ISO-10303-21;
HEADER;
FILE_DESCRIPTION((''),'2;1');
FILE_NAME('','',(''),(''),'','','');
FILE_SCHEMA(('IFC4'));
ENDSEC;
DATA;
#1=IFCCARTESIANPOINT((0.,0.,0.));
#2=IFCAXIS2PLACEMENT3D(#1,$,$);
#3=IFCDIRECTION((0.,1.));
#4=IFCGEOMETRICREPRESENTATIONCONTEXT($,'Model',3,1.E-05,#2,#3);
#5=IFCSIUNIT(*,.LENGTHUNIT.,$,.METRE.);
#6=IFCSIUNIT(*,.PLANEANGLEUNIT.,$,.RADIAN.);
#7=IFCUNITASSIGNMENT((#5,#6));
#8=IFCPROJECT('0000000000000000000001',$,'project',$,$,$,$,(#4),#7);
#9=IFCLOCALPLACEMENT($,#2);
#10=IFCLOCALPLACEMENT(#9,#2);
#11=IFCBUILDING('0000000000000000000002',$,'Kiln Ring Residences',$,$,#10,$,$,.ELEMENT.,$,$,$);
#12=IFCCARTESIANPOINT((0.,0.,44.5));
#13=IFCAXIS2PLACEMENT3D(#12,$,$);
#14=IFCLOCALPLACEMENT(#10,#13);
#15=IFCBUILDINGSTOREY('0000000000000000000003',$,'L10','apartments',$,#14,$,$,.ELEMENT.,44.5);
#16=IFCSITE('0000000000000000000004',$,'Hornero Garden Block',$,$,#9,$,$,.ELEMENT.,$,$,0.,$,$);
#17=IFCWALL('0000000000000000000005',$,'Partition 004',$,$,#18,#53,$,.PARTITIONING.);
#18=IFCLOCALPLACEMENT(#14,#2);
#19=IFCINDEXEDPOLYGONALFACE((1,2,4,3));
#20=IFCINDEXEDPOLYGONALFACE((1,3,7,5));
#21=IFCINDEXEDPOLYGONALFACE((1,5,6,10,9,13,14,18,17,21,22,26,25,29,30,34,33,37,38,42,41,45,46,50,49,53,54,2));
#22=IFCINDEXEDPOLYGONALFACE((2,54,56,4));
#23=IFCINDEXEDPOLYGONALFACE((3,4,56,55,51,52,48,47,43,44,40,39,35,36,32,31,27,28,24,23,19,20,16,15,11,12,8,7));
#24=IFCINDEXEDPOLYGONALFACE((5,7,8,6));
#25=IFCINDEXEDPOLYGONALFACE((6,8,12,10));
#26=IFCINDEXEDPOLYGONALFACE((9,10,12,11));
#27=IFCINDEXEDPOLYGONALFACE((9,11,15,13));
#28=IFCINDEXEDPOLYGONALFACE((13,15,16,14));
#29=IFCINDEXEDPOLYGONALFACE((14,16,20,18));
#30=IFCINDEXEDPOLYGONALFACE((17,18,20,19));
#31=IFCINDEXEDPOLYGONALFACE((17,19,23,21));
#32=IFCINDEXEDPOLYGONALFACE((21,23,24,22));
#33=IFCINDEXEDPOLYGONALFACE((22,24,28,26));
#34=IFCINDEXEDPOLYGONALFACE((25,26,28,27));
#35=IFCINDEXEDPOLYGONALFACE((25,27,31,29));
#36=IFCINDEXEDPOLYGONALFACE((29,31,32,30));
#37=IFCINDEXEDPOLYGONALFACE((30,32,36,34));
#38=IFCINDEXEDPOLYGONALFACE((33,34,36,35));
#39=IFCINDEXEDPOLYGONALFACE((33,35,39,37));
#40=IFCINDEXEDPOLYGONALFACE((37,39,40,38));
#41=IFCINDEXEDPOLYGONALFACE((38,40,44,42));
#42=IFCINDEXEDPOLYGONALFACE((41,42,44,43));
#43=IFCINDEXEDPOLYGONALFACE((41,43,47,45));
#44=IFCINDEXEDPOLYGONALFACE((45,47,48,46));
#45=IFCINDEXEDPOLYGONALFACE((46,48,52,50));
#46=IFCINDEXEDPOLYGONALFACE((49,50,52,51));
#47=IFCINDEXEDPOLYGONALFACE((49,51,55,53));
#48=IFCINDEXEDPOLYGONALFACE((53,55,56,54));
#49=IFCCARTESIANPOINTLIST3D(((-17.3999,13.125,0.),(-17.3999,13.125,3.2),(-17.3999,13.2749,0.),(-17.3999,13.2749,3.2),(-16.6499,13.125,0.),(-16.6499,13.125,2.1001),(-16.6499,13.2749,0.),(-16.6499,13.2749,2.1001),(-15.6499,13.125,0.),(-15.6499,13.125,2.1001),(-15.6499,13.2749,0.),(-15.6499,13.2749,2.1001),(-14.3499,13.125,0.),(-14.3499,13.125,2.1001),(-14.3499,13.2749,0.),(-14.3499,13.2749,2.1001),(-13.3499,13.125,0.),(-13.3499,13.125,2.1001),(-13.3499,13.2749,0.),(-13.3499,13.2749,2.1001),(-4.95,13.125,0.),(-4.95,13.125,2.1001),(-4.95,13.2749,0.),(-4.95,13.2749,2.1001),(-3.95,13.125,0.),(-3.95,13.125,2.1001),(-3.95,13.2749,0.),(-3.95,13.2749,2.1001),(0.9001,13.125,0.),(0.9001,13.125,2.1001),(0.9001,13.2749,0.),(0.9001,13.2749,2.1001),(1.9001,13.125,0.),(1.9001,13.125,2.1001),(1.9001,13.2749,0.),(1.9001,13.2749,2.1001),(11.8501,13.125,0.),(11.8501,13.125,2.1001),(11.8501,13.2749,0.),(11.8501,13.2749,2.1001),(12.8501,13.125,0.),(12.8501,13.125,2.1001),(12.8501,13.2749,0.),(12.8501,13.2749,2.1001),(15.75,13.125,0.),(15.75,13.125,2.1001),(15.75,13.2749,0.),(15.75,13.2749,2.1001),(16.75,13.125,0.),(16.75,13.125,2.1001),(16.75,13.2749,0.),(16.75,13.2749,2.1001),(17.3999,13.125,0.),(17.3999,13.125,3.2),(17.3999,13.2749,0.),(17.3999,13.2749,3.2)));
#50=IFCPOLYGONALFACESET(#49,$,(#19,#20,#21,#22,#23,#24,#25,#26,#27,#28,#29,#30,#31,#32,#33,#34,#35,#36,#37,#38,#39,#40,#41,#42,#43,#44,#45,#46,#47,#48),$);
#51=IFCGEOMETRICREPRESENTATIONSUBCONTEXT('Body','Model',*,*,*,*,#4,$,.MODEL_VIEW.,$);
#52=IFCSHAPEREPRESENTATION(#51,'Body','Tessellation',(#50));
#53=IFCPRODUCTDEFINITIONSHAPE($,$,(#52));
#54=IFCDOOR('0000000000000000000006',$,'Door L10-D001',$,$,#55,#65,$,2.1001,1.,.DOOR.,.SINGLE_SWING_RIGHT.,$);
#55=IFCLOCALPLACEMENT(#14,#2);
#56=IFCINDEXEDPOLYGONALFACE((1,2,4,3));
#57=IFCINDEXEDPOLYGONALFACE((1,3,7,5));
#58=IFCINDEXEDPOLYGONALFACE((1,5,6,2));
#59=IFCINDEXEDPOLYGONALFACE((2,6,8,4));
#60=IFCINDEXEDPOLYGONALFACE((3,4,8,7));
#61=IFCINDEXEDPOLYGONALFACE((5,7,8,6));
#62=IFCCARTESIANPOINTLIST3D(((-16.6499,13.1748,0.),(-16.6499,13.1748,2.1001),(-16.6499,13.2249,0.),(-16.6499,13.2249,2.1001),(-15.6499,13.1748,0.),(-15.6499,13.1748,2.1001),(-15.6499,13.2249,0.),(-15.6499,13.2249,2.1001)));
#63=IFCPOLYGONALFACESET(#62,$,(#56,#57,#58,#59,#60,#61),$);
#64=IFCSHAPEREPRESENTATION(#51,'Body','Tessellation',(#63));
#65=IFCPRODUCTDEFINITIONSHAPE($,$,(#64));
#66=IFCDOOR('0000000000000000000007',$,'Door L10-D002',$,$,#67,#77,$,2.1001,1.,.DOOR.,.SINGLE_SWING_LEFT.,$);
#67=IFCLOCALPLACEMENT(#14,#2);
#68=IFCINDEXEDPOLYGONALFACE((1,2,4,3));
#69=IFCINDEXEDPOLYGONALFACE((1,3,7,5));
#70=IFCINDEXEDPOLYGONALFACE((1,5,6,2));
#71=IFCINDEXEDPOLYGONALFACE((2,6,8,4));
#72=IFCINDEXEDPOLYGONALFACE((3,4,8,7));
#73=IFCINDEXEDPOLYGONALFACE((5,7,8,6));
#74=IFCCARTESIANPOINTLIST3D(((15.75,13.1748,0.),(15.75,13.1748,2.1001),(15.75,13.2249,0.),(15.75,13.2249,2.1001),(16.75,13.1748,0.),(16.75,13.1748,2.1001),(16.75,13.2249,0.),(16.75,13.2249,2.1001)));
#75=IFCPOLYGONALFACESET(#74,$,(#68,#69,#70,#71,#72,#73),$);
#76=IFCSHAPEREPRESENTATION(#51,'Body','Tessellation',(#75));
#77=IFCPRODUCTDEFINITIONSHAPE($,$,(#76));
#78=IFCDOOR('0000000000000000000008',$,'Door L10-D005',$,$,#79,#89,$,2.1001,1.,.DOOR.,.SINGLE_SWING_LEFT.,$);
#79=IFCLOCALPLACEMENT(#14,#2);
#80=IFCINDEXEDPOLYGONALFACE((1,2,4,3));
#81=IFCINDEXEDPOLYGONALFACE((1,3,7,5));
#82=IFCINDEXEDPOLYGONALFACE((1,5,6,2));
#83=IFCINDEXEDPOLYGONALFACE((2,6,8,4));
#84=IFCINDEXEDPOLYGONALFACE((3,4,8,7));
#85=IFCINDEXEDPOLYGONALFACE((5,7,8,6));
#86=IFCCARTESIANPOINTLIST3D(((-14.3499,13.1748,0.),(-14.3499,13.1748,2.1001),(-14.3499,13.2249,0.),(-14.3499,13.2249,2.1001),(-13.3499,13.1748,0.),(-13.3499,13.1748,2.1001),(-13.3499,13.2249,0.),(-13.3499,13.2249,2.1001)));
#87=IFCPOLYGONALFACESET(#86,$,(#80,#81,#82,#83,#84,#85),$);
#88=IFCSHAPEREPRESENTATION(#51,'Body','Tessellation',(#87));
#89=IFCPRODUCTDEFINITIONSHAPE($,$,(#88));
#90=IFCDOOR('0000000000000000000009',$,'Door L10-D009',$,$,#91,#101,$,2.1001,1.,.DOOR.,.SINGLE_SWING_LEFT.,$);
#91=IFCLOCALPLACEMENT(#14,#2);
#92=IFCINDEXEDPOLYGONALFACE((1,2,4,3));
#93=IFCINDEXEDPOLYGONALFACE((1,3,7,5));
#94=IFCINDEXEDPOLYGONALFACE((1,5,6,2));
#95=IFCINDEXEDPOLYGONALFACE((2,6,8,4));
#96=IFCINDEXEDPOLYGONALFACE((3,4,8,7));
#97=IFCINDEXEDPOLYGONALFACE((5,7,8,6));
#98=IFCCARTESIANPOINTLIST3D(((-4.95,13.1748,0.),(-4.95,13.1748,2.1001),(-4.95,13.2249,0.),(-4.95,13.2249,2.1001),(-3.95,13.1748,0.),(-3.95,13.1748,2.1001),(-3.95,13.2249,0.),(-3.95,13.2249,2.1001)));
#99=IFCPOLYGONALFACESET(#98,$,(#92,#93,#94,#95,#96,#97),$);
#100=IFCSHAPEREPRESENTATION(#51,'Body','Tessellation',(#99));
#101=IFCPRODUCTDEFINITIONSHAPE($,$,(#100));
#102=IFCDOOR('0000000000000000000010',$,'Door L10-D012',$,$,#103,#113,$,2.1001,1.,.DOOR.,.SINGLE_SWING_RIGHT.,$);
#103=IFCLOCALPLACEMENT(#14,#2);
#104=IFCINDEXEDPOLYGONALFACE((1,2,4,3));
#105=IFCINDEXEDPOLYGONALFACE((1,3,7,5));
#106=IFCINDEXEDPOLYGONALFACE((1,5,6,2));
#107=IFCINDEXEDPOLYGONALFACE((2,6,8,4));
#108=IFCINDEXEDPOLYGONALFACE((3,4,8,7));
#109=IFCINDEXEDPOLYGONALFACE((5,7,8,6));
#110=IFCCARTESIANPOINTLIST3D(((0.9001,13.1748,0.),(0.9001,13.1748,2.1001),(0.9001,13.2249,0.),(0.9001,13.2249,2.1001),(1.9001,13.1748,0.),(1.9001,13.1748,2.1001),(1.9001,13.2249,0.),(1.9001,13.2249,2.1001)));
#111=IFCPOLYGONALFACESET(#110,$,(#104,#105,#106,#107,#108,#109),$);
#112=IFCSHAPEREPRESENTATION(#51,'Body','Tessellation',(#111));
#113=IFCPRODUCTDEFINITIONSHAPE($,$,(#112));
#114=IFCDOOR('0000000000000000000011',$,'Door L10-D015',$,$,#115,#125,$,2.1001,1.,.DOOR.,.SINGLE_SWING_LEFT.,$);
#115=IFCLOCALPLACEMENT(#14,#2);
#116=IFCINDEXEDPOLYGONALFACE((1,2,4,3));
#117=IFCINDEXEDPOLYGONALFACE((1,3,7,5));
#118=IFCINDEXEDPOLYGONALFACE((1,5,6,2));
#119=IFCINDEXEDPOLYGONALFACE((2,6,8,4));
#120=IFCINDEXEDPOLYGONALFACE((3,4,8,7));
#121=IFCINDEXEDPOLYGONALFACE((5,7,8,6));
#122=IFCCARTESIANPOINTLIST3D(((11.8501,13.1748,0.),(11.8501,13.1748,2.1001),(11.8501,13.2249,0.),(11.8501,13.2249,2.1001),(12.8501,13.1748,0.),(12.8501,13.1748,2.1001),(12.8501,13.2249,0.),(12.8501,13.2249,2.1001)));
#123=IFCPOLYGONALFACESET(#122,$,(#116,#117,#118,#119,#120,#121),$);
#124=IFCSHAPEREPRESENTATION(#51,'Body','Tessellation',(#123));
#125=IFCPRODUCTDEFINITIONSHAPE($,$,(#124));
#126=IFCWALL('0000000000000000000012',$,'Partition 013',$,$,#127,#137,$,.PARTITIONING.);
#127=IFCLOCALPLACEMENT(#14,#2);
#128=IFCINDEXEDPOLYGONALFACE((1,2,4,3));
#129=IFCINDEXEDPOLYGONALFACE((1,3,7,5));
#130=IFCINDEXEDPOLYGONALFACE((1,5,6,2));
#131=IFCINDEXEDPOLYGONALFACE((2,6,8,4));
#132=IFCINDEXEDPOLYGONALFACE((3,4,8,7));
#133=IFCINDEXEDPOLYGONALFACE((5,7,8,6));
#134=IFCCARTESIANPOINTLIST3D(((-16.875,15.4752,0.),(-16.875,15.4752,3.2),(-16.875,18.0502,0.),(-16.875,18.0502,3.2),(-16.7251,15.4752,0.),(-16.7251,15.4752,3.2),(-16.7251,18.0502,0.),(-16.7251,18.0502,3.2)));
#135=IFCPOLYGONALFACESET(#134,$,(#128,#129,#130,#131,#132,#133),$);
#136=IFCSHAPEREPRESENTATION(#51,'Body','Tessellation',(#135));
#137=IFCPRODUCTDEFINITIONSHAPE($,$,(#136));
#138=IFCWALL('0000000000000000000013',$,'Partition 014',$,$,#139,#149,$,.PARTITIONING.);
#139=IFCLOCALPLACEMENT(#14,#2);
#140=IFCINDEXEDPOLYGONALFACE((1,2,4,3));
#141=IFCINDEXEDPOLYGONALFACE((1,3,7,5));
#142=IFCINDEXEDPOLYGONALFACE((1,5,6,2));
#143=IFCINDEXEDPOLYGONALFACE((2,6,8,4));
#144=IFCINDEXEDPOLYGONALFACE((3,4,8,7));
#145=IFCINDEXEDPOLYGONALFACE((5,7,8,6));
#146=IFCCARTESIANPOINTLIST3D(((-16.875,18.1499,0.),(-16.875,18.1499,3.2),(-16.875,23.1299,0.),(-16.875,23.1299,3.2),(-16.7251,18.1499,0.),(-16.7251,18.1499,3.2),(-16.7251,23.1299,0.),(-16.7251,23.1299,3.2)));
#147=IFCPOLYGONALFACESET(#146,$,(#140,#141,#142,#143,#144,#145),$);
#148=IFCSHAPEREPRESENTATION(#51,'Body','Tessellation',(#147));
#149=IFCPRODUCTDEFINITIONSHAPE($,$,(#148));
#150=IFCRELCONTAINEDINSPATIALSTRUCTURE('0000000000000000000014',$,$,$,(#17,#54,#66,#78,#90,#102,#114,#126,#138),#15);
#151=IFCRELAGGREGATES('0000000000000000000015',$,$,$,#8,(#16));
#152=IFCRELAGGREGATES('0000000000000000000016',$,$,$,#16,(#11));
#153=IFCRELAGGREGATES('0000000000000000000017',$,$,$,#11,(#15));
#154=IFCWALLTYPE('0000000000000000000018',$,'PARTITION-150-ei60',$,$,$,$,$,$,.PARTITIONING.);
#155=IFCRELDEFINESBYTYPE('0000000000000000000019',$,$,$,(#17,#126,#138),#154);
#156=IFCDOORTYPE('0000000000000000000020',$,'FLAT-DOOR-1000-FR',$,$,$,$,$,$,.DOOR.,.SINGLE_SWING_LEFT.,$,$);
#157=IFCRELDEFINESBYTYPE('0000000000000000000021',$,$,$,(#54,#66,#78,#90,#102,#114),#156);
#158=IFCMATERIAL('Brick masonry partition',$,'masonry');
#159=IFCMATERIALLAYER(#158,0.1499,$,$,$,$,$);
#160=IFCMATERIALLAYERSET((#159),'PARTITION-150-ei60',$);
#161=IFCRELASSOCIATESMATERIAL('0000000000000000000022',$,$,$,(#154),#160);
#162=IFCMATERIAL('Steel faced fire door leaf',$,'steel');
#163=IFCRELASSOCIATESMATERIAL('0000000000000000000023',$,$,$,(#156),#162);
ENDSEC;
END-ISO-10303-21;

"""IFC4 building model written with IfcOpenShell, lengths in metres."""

from ifc_helpers import new_model, si_unit, direction, frame, frame_2d, origin, place, context, subcontext, project, spatial, rectangle, extrude, material, layer, layer_set, type_object, element, fill, save


model = new_model("IFC4")

# Units and contexts
model_context = context("Model", 3, precision=1e-05, world=origin(), true_north=direction((0.0, 1.0)))
body_context = subcontext(model_context, "Body", "Model", "MODEL_VIEW")
ifc_project = project(units=[si_unit("LENGTHUNIT", "METRE"), si_unit("PLANEANGLEUNIT", "RADIAN")], contexts=[model_context])

# Site, building, storey
site_placement = place(None, origin())
site = spatial("IfcSite", under=ifc_project, at=site_placement, Name="Hornero Garden Block", CompositionType="ELEMENT", RefElevation=0.0)
building_placement = place(site_placement, origin())
building = spatial("IfcBuilding", under=site, at=building_placement, Name="Kiln Ring Residences", CompositionType="ELEMENT")
storey_placement = place(building_placement, frame((0.0, 0.0, 44.5)))
storey = spatial("IfcBuildingStorey", under=building, at=storey_placement, Name="L10", Description="apartments", CompositionType="ELEMENT", Elevation=44.5)

# Wall, openings, doors
ifc_material_1 = material(Name="Brick masonry partition", Category="masonry")
ifc_layer_1 = layer(ifc_material_1, 0.1499)
ifc_layer_set_1 = layer_set([ifc_layer_1], Name="PARTITION-150-ei60")
wall_type_1 = type_object("IfcWallType", Name="PARTITION-150-ei60", PredefinedType="PARTITIONING", material=ifc_layer_set_1)
wall_1_placement = place(storey_placement, frame((-17.3999, 13.2, 0.0), z_axis=(0.0, 0.0, 1.0), x_axis=(1.0, 0.0, 0.0)))
wall_1 = element("IfcWall", 1, at=wall_1_placement, inside=storey, type_object=wall_type_1, Name="Partition 004", PredefinedType="PARTITIONING", context=body_context, shape_type="SweptSolid", body=[
    extrude(rectangle(XDim=34.7998, YDim=0.1499, at=frame_2d((17.3999, 0.0))), origin(), (0.0, 0.0, 1.0), 3.2),
])
opening_1_placement = place(wall_1_placement, frame((0.75, 0.0, 0.0)))
opening_1 = element("IfcOpeningElement", 2, at=opening_1_placement, cuts=wall_1, PredefinedType="OPENING", context=body_context, shape_type="SweptSolid", body=[
    extrude(rectangle(XDim=1.0, YDim=2.1001, at=frame_2d((0.5, 1.05))), frame((0.0, 0.085, 0.0), z_axis=(0.0, -1.0, 0.0), x_axis=(1.0, 0.0, 0.0)), (0.0, 0.0, 1.0), 0.1699),
])
opening_2_placement = place(wall_1_placement, frame((33.1499, 0.0, 0.0)))
opening_2 = element("IfcOpeningElement", 3, at=opening_2_placement, cuts=wall_1, PredefinedType="OPENING", context=body_context, shape_type="SweptSolid", body=[
    extrude(rectangle(XDim=1.0, YDim=2.1001, at=frame_2d((0.5, 1.05))), frame((0.0, 0.085, 0.0), z_axis=(0.0, -1.0, 0.0), x_axis=(1.0, 0.0, 0.0)), (0.0, 0.0, 1.0), 0.1699),
])
opening_3_placement = place(wall_1_placement, frame((3.05, 0.0, 0.0)))
opening_3 = element("IfcOpeningElement", 4, at=opening_3_placement, cuts=wall_1, PredefinedType="OPENING", context=body_context, shape_type="SweptSolid", body=[
    extrude(rectangle(XDim=1.0, YDim=2.1001, at=frame_2d((0.5, 1.05))), frame((0.0, 0.085, 0.0), z_axis=(0.0, -1.0, 0.0), x_axis=(1.0, 0.0, 0.0)), (0.0, 0.0, 1.0), 0.1699),
])
opening_4_placement = place(wall_1_placement, frame((12.45, 0.0, 0.0)))
opening_4 = element("IfcOpeningElement", 5, at=opening_4_placement, cuts=wall_1, PredefinedType="OPENING", context=body_context, shape_type="SweptSolid", body=[
    extrude(rectangle(XDim=1.0, YDim=2.1001, at=frame_2d((0.5, 1.05))), frame((0.0, 0.085, 0.0), z_axis=(0.0, -1.0, 0.0), x_axis=(1.0, 0.0, 0.0)), (0.0, 0.0, 1.0), 0.1699),
])
opening_5_placement = place(wall_1_placement, frame((18.3, 0.0, 0.0)))
opening_5 = element("IfcOpeningElement", 6, at=opening_5_placement, cuts=wall_1, PredefinedType="OPENING", context=body_context, shape_type="SweptSolid", body=[
    extrude(rectangle(XDim=1.0, YDim=2.1001, at=frame_2d((0.5, 1.05))), frame((0.0, 0.085, 0.0), z_axis=(0.0, -1.0, 0.0), x_axis=(1.0, 0.0, 0.0)), (0.0, 0.0, 1.0), 0.1699),
])
opening_6_placement = place(wall_1_placement, frame((29.25, 0.0, 0.0)))
opening_6 = element("IfcOpeningElement", 7, at=opening_6_placement, cuts=wall_1, PredefinedType="OPENING", context=body_context, shape_type="SweptSolid", body=[
    extrude(rectangle(XDim=1.0, YDim=2.1001, at=frame_2d((0.5, 1.05))), frame((0.0, 0.085, 0.0), z_axis=(0.0, -1.0, 0.0), x_axis=(1.0, 0.0, 0.0)), (0.0, 0.0, 1.0), 0.1699),
])
ifc_material_2 = material(Name="Steel faced fire door leaf", Category="steel")
door_type = type_object("IfcDoorType", Name="FLAT-DOOR-1000-FR", OperationType="SINGLE_SWING_LEFT", PredefinedType="DOOR", material=ifc_material_2)
door_1_placement = place(opening_1_placement, origin())
door_1 = element("IfcDoor", 8, at=door_1_placement, inside=storey, type_object=door_type, Name="Door L10-D001", OperationType="SINGLE_SWING_RIGHT", OverallHeight=2.1001, OverallWidth=1.0, PredefinedType="DOOR", context=body_context, shape_type="SweptSolid", body=[
    extrude(rectangle(XDim=1.0, YDim=2.1001, at=frame_2d((0.5, 1.05))), frame((0.0, 0.0249, 0.0), z_axis=(0.0, -1.0, 0.0), x_axis=(1.0, 0.0, 0.0)), (0.0, 0.0, 1.0), 0.05),
])
fill(opening_1, door_1)
door_2_placement = place(opening_2_placement, origin())
door_2 = element("IfcDoor", 9, at=door_2_placement, inside=storey, type_object=door_type, Name="Door L10-D002", OperationType="SINGLE_SWING_LEFT", OverallHeight=2.1001, OverallWidth=1.0, PredefinedType="DOOR", context=body_context, shape_type="SweptSolid", body=[
    extrude(rectangle(XDim=1.0, YDim=2.1001, at=frame_2d((0.5, 1.05))), frame((0.0, 0.0249, 0.0), z_axis=(0.0, -1.0, 0.0), x_axis=(1.0, 0.0, 0.0)), (0.0, 0.0, 1.0), 0.05),
])
fill(opening_2, door_2)
door_3_placement = place(opening_3_placement, origin())
door_3 = element("IfcDoor", 10, at=door_3_placement, inside=storey, type_object=door_type, Name="Door L10-D005", OperationType="SINGLE_SWING_LEFT", OverallHeight=2.1001, OverallWidth=1.0, PredefinedType="DOOR", context=body_context, shape_type="SweptSolid", body=[
    extrude(rectangle(XDim=1.0, YDim=2.1001, at=frame_2d((0.5, 1.05))), frame((0.0, 0.0249, 0.0), z_axis=(0.0, -1.0, 0.0), x_axis=(1.0, 0.0, 0.0)), (0.0, 0.0, 1.0), 0.05),
])
fill(opening_3, door_3)
door_4_placement = place(opening_4_placement, origin())
door_4 = element("IfcDoor", 11, at=door_4_placement, inside=storey, type_object=door_type, Name="Door L10-D009", OperationType="SINGLE_SWING_LEFT", OverallHeight=2.1001, OverallWidth=1.0, PredefinedType="DOOR", context=body_context, shape_type="SweptSolid", body=[
    extrude(rectangle(XDim=1.0, YDim=2.1001, at=frame_2d((0.5, 1.05))), frame((0.0, 0.0249, 0.0), z_axis=(0.0, -1.0, 0.0), x_axis=(1.0, 0.0, 0.0)), (0.0, 0.0, 1.0), 0.05),
])
fill(opening_4, door_4)
door_5_placement = place(opening_5_placement, origin())
door_5 = element("IfcDoor", 12, at=door_5_placement, inside=storey, type_object=door_type, Name="Door L10-D012", OperationType="SINGLE_SWING_RIGHT", OverallHeight=2.1001, OverallWidth=1.0, PredefinedType="DOOR", context=body_context, shape_type="SweptSolid", body=[
    extrude(rectangle(XDim=1.0, YDim=2.1001, at=frame_2d((0.5, 1.05))), frame((0.0, 0.0249, 0.0), z_axis=(0.0, -1.0, 0.0), x_axis=(1.0, 0.0, 0.0)), (0.0, 0.0, 1.0), 0.05),
])
fill(opening_5, door_5)
door_6_placement = place(opening_6_placement, origin())
door_6 = element("IfcDoor", 13, at=door_6_placement, inside=storey, type_object=door_type, Name="Door L10-D015", OperationType="SINGLE_SWING_LEFT", OverallHeight=2.1001, OverallWidth=1.0, PredefinedType="DOOR", context=body_context, shape_type="SweptSolid", body=[
    extrude(rectangle(XDim=1.0, YDim=2.1001, at=frame_2d((0.5, 1.05))), frame((0.0, 0.0249, 0.0), z_axis=(0.0, -1.0, 0.0), x_axis=(1.0, 0.0, 0.0)), (0.0, 0.0, 1.0), 0.05),
])
fill(opening_6, door_6)

# Walls
wall_2_placement = place(storey_placement, frame((-16.8, 15.4751, 0.0), z_axis=(0.0, 0.0, 1.0), x_axis=(0.0, 1.0, 0.0)))
element("IfcWall", 14, at=wall_2_placement, inside=storey, type_object=wall_type_1, Name="Partition 013", PredefinedType="PARTITIONING", context=body_context, shape_type="SweptSolid", body=[
    extrude(rectangle(XDim=2.575, YDim=0.1499, at=frame_2d((1.2876, 0.0))), origin(), (0.0, 0.0, 1.0), 3.2),
])
wall_3_placement = place(storey_placement, frame((-16.8, 18.1499, 0.0), z_axis=(0.0, 0.0, 1.0), x_axis=(0.0, 1.0, 0.0)))
element("IfcWall", 15, at=wall_3_placement, inside=storey, type_object=wall_type_1, Name="Partition 014", PredefinedType="PARTITIONING", context=body_context, shape_type="SweptSolid", body=[
    extrude(rectangle(XDim=4.98, YDim=0.1499, at=frame_2d((2.49, 0.0))), origin(), (0.0, 0.0, 1.0), 3.2),
])

save(model, "model.ifc")
